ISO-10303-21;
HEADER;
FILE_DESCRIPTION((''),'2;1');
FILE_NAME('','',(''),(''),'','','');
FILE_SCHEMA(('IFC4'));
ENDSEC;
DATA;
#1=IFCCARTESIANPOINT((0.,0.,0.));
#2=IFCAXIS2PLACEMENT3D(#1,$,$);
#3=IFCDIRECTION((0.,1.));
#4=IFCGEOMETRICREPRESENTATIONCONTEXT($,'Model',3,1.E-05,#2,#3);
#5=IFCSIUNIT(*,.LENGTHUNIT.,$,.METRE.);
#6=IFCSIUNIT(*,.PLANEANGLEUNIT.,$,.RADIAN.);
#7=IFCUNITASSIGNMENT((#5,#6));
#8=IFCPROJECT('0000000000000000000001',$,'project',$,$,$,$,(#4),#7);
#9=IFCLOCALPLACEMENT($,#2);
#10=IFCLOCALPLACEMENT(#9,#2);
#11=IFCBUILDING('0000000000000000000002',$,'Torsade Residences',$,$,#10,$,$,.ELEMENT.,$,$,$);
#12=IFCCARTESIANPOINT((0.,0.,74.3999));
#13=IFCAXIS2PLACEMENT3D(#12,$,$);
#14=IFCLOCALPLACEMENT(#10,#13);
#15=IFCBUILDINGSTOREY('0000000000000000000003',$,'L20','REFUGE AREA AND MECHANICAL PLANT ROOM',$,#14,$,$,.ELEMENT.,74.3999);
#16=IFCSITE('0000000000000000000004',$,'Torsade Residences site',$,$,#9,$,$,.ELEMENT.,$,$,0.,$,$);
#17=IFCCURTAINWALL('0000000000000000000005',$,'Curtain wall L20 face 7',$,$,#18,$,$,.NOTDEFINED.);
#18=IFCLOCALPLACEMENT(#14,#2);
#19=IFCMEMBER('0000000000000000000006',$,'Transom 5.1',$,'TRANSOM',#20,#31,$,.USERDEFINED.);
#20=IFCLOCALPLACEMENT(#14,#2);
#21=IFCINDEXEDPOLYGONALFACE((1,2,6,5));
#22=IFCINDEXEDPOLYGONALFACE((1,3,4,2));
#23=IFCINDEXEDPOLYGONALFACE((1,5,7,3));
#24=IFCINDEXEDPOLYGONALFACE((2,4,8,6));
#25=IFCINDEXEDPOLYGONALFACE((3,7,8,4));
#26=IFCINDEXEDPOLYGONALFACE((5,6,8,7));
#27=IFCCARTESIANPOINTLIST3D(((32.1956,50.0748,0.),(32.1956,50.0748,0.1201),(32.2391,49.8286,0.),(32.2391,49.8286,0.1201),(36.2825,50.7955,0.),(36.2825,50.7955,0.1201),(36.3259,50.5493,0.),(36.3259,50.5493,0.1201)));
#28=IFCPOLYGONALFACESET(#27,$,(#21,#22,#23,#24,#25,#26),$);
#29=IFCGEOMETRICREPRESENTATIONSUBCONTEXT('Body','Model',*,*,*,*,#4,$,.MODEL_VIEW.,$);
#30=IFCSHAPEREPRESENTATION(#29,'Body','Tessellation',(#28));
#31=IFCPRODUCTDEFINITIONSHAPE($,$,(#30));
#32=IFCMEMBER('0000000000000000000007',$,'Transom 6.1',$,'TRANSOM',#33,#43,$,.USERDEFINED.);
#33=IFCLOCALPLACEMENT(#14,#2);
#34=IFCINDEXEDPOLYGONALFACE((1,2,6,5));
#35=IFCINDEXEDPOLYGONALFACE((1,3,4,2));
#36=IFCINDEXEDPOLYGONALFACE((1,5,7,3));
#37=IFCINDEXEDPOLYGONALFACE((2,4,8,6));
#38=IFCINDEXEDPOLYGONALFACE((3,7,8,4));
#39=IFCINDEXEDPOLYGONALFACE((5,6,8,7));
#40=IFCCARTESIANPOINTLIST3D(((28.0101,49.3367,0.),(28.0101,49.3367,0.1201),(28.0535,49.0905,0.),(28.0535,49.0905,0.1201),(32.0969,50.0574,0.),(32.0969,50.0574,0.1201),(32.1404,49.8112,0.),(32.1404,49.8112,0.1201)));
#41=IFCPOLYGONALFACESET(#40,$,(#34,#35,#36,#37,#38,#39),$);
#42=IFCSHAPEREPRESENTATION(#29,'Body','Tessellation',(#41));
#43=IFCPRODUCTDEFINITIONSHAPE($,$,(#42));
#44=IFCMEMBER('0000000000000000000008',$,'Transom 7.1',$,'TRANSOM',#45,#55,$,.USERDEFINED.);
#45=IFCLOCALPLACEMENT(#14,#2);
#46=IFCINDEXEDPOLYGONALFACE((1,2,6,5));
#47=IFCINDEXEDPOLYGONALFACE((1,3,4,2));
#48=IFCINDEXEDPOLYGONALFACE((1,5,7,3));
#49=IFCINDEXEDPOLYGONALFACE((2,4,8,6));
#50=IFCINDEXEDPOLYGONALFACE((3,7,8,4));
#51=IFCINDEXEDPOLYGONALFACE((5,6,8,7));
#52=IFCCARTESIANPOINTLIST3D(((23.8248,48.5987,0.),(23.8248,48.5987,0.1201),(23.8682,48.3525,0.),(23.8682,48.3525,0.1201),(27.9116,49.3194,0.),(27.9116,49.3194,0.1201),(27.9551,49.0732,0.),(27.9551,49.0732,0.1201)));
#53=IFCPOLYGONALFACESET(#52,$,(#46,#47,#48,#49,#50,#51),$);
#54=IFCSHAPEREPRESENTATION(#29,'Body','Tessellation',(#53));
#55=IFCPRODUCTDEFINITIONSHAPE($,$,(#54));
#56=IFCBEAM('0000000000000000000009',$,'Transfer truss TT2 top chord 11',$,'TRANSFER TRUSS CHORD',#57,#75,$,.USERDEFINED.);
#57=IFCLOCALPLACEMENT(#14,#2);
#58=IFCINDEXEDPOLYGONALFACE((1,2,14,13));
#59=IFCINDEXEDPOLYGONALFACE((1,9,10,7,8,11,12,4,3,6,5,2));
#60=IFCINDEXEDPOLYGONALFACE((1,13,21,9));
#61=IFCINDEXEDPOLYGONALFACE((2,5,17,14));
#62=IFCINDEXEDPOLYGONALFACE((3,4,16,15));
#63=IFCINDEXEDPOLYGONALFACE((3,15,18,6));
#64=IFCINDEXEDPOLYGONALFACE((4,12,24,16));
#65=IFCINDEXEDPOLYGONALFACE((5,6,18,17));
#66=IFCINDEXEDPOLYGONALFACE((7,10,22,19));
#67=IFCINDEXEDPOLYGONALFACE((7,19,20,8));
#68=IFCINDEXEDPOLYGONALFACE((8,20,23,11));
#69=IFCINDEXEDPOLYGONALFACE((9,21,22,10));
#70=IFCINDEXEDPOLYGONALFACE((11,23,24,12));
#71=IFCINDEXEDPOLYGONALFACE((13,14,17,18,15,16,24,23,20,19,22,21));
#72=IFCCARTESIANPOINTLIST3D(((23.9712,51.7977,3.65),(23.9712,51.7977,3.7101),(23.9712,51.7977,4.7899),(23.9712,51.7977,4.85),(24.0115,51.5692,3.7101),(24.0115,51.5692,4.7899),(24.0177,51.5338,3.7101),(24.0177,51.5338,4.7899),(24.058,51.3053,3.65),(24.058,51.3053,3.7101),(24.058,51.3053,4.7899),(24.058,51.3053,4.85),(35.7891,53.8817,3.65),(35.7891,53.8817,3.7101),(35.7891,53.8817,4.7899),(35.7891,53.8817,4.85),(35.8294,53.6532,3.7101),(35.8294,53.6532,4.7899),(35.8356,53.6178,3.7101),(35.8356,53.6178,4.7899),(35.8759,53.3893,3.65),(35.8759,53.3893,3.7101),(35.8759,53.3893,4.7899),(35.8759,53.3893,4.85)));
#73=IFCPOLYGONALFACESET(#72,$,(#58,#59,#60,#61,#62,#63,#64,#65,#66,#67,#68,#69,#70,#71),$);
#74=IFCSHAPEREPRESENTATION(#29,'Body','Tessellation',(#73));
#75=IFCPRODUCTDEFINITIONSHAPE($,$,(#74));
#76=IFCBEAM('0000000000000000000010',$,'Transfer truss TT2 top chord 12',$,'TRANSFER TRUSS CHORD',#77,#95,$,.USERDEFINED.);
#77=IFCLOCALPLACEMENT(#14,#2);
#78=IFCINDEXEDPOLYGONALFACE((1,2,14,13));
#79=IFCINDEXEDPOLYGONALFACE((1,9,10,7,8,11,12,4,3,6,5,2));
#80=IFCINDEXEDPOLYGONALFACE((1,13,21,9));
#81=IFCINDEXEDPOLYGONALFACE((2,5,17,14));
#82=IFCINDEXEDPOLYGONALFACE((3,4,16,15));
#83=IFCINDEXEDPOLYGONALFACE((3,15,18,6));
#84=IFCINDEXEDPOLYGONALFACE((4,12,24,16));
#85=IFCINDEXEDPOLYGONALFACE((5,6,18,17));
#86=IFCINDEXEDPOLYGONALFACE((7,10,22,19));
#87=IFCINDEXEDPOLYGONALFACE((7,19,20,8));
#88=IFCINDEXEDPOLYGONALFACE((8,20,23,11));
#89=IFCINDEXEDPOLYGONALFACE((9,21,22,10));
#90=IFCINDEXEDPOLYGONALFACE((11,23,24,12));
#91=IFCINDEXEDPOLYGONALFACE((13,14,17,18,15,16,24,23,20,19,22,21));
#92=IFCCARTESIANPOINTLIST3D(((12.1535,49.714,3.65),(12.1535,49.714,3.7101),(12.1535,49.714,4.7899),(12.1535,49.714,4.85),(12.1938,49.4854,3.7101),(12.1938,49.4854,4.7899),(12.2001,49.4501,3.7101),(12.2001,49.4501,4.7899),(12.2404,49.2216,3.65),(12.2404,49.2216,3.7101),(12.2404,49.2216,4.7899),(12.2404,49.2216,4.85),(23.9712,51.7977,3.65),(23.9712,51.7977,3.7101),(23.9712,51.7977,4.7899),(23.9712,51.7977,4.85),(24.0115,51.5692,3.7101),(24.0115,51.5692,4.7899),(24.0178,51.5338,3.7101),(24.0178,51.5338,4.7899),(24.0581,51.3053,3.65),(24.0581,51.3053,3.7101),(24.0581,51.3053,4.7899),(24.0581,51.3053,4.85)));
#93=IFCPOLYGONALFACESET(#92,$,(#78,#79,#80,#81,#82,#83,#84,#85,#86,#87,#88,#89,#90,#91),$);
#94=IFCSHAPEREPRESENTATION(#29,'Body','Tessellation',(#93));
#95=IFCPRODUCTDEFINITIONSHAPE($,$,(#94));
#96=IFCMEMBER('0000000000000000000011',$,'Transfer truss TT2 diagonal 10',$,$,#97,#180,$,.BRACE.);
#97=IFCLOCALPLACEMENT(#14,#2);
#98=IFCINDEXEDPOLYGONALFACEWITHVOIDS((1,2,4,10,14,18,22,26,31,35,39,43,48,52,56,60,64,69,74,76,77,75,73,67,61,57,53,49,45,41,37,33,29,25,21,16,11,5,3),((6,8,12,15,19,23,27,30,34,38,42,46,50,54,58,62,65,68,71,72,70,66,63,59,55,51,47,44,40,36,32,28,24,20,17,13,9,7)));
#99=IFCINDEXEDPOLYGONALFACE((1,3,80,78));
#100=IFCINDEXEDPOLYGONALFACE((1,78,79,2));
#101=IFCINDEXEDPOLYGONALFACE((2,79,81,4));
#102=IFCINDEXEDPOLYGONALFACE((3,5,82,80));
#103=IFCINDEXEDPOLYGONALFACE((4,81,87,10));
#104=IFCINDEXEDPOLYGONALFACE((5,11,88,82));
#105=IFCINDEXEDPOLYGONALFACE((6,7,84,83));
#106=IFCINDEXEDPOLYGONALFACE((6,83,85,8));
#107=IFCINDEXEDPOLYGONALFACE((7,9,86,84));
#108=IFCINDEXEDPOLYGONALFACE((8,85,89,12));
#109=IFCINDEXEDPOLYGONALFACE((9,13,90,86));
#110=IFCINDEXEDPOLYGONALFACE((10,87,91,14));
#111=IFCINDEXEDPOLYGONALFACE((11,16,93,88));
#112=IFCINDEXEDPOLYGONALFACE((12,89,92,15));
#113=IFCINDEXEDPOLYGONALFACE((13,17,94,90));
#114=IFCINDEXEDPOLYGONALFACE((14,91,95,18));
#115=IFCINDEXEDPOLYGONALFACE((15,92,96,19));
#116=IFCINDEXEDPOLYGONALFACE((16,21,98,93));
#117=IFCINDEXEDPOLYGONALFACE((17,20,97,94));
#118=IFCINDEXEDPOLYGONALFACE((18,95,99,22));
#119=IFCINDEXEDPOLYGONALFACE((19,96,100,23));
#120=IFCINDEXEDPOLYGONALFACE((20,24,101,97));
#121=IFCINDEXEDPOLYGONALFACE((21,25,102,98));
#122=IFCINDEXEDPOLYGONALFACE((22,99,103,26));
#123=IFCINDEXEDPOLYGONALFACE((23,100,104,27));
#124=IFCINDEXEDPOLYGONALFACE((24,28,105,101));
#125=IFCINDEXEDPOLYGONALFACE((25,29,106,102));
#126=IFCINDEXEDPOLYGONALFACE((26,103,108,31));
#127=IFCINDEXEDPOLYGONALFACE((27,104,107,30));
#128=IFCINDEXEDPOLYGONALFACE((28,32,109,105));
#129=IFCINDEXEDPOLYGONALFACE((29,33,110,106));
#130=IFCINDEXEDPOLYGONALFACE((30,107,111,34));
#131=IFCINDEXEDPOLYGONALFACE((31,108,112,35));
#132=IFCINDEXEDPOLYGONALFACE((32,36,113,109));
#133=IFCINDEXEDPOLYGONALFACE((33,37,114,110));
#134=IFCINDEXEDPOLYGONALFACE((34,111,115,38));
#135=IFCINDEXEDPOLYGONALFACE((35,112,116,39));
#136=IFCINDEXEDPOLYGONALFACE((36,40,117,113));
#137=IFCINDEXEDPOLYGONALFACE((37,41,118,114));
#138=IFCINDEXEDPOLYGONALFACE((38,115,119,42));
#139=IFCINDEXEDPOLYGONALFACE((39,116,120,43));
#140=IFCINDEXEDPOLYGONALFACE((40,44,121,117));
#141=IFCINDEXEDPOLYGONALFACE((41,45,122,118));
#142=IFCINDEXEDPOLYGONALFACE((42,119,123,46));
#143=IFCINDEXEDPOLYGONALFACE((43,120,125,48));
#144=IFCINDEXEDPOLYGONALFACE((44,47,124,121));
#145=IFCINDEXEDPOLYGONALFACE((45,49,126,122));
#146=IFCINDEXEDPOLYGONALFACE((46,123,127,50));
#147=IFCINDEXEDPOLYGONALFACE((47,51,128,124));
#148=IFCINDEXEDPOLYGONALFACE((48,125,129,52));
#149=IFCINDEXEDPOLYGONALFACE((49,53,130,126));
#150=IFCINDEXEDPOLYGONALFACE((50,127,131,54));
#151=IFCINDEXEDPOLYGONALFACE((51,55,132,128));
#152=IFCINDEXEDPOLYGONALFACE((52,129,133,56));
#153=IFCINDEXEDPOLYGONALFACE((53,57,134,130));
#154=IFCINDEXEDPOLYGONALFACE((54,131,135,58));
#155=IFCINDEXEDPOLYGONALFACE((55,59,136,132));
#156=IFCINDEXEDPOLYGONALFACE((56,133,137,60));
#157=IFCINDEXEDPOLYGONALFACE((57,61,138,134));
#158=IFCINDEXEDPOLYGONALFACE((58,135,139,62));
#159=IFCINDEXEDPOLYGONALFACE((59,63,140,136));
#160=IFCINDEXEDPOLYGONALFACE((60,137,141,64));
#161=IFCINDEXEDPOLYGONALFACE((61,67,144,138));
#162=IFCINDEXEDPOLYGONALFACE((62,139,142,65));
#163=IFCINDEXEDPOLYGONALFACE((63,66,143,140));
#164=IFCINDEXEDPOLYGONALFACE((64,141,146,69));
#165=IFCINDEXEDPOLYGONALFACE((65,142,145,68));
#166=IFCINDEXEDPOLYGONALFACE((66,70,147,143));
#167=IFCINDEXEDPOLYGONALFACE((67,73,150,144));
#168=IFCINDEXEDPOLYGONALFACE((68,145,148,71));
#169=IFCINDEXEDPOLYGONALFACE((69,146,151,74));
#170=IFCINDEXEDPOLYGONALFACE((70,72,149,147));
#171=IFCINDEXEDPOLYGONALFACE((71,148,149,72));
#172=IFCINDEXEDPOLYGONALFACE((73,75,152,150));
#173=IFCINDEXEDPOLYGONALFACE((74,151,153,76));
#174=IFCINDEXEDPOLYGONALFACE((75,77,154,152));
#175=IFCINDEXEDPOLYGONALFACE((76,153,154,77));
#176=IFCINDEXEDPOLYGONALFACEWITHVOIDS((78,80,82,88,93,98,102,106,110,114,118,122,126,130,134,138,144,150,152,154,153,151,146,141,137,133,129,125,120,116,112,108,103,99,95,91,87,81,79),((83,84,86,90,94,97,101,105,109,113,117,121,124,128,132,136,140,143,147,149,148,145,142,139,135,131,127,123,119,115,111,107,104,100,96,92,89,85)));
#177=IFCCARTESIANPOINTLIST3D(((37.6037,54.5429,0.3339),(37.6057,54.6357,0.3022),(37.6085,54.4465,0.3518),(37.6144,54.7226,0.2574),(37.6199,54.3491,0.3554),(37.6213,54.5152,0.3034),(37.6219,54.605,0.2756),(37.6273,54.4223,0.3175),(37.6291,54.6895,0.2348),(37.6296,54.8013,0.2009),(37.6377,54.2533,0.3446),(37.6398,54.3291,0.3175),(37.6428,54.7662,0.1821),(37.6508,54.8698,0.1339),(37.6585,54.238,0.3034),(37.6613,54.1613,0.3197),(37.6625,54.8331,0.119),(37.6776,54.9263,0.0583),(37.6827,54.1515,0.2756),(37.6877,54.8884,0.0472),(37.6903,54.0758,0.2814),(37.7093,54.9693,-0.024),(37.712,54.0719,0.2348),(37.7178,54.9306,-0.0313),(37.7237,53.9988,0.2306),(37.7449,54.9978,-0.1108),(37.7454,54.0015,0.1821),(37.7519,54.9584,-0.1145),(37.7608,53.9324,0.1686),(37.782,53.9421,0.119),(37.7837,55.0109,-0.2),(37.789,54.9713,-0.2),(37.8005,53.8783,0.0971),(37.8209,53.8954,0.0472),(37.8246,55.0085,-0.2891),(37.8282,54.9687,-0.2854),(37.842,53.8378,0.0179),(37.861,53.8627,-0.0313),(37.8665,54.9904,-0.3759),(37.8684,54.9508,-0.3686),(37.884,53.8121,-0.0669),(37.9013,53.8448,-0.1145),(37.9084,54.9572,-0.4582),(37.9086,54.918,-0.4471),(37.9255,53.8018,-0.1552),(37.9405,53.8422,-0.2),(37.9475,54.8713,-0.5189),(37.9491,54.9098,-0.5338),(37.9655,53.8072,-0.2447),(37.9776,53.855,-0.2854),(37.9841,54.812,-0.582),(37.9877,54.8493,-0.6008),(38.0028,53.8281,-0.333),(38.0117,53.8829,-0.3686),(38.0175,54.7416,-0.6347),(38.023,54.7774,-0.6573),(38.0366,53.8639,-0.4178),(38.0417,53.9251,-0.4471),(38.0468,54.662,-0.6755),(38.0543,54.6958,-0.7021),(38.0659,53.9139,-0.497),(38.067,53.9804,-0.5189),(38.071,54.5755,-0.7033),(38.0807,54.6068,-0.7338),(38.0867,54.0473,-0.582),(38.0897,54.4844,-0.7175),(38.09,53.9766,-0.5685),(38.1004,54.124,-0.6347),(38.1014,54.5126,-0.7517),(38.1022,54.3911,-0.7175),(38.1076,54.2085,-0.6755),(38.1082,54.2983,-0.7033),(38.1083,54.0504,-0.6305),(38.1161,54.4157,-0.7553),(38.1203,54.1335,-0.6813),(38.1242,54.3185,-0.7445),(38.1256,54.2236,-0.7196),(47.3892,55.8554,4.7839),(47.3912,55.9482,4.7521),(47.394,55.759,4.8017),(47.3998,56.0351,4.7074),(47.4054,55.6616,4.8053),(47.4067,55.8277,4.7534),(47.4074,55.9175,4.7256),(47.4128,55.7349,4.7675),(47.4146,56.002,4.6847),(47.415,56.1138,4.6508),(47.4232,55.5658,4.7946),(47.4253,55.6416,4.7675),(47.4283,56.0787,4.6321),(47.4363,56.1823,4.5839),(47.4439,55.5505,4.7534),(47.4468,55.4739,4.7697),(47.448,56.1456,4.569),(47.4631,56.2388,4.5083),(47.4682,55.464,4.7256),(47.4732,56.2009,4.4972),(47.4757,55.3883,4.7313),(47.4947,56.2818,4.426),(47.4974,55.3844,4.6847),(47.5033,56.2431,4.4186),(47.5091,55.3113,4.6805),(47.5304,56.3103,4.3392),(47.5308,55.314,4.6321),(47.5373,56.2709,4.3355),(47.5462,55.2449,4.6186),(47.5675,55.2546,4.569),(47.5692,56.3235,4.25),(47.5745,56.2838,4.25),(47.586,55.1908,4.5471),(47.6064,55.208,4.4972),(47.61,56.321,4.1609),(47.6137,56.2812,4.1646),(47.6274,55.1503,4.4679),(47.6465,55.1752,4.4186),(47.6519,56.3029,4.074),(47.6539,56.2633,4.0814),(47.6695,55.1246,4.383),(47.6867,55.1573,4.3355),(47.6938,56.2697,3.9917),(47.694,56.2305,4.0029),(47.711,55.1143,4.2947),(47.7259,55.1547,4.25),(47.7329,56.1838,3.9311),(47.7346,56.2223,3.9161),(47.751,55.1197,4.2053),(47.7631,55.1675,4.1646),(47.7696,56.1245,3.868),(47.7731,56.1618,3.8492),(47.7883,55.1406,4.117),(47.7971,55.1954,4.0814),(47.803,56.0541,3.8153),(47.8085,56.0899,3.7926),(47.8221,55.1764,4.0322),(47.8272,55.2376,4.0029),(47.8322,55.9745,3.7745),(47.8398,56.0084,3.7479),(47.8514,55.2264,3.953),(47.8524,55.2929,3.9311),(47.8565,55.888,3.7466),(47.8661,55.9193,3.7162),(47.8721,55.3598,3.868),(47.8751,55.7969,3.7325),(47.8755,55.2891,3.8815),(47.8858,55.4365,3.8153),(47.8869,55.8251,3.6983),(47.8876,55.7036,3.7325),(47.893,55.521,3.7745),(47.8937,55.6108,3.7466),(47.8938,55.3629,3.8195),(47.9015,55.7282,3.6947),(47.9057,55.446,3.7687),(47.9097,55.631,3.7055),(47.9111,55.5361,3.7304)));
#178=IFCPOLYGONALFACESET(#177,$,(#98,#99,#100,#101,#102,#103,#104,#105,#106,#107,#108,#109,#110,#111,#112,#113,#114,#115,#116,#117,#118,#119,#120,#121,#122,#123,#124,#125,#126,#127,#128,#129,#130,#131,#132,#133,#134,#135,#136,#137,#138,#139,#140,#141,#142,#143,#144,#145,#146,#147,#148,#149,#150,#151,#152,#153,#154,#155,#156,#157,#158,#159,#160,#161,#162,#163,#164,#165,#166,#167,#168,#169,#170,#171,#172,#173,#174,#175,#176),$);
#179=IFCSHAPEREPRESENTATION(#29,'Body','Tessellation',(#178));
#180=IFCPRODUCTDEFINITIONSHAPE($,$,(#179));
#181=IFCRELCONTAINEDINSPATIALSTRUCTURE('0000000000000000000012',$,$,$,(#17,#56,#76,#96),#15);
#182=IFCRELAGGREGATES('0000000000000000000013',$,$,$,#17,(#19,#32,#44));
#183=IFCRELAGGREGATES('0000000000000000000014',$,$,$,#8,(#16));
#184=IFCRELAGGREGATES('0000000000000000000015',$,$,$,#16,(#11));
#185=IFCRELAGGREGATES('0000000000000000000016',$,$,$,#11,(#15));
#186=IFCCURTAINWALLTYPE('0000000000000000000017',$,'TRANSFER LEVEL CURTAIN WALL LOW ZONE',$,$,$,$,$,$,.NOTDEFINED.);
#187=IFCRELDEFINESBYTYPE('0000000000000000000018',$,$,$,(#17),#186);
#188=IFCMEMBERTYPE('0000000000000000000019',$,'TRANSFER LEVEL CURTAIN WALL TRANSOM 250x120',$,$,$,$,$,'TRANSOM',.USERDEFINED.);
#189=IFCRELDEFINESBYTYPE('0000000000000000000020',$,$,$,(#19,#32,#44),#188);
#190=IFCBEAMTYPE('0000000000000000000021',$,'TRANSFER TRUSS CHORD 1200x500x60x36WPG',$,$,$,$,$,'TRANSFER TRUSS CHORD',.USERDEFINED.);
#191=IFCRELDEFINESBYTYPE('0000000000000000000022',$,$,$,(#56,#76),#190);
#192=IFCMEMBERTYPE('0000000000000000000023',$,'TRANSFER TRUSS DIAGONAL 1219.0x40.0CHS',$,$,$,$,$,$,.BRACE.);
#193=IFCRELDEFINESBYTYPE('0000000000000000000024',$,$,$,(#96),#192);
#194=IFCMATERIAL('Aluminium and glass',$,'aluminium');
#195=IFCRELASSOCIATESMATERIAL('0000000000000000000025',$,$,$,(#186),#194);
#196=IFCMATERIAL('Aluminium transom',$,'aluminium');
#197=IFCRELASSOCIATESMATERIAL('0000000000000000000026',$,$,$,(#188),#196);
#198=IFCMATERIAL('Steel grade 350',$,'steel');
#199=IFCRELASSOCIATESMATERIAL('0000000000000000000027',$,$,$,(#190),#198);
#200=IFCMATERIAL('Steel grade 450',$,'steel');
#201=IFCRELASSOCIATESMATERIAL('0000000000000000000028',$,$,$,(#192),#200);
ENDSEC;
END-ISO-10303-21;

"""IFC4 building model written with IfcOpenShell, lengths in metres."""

from ifc_helpers import new_model, si_unit, direction, frame, origin, origin_2d, place, context, subcontext, project, spatial, rectangle, hollow_circle, i_section, extrude, material, material_profile, profile_set, type_object, element, aggregate, save


model = new_model("IFC4")

# Units and contexts
model_context = context("Model", 3, precision=1e-05, world=origin(), true_north=direction((0.0, 1.0)))
body_context = subcontext(model_context, "Body", "Model", "MODEL_VIEW")
ifc_project = project(units=[si_unit("LENGTHUNIT", "METRE"), si_unit("PLANEANGLEUNIT", "RADIAN")], contexts=[model_context])

# Site, building, storey
site_placement = place(None, origin())
site = spatial("IfcSite", under=ifc_project, at=site_placement, Name="Torsade Residences site", CompositionType="ELEMENT", RefElevation=0.0)
building_placement = place(site_placement, origin())
building = spatial("IfcBuilding", under=site, at=building_placement, Name="Torsade Residences", CompositionType="ELEMENT")
storey_placement = place(building_placement, frame((0.0, 0.0, 74.3999)))
storey = spatial("IfcBuildingStorey", under=building, at=storey_placement, Name="L20", Description="REFUGE AREA AND MECHANICAL PLANT ROOM", CompositionType="ELEMENT", Elevation=74.3999)

# Curtain wall, members
ifc_material_1 = material(Name="Aluminium and glass", Category="aluminium")
curtain_wall_type = type_object("IfcCurtainWallType", Name="TRANSFER LEVEL CURTAIN WALL LOW ZONE", PredefinedType="NOTDEFINED", material=ifc_material_1)
curtain_wall_placement = place(storey_placement, origin())
curtain_wall = element("IfcCurtainWall", 1, at=curtain_wall_placement, inside=storey, type_object=curtain_wall_type, Name="Curtain wall L20 face 7", PredefinedType="NOTDEFINED")
ifc_material_2 = material(Name="Aluminium transom", Category="aluminium")
ifc_material_profile_1 = material_profile(ifc_material_2, rectangle(XDim=0.25, YDim=0.1201, at=origin_2d()), Name="TRANSFER LEVEL CURTAIN WALL TRANSOM 250x120")
ifc_profile_set_1 = profile_set([ifc_material_profile_1], Name="Aluminium transom")
member_type_1 = type_object("IfcMemberType", Name="TRANSFER LEVEL CURTAIN WALL TRANSOM 250x120", ElementType="TRANSOM", PredefinedType="USERDEFINED", material=ifc_profile_set_1)
member_1_placement = place(storey_placement, frame((36.3042, 50.6724, 0.0601), z_axis=(-0.984805, -0.173665, 0.0), x_axis=(0.173665, -0.984805, 0.0)))
member_1 = element("IfcMember", 2, at=member_1_placement, type_object=member_type_1, Name="Transom 5.1", ObjectType="TRANSOM", PredefinedType="USERDEFINED", context=body_context, shape_type="SweptSolid", body=[
    extrude(rectangle(XDim=0.25, YDim=0.1201, at=origin_2d()), origin(), (0.0, 0.0, 1.0), 4.1499),
])
member_2_placement = place(storey_placement, frame((32.1187, 49.9343, 0.0601), z_axis=(-0.984805, -0.173665, 0.0), x_axis=(0.173665, -0.984805, 0.0)))
member_2 = element("IfcMember", 3, at=member_2_placement, type_object=member_type_1, Name="Transom 6.1", ObjectType="TRANSOM", PredefinedType="USERDEFINED", context=body_context, shape_type="SweptSolid", body=[
    extrude(rectangle(XDim=0.25, YDim=0.1201, at=origin_2d()), origin(), (0.0, 0.0, 1.0), 4.1499),
])
member_3_placement = place(storey_placement, frame((27.9333, 49.1963, 0.0601), z_axis=(-0.984805, -0.173665, 0.0), x_axis=(0.173665, -0.984805, 0.0)))
member_3 = element("IfcMember", 4, at=member_3_placement, type_object=member_type_1, Name="Transom 7.1", ObjectType="TRANSOM", PredefinedType="USERDEFINED", context=body_context, shape_type="SweptSolid", body=[
    extrude(rectangle(XDim=0.25, YDim=0.1201, at=origin_2d()), origin(), (0.0, 0.0, 1.0), 4.1499),
])

# Beams
ifc_material_3 = material(Name="Steel grade 350", Category="steel")
ifc_material_profile_2 = material_profile(ifc_material_3, i_section(OverallWidth=0.5, OverallDepth=1.2, WebThickness=0.0359, FlangeThickness=0.0601, at=origin_2d()), Name="1200x500x60x36WPG")
ifc_profile_set_2 = profile_set([ifc_material_profile_2], Name="Steel grade 350")
beam_type_1 = type_object("IfcBeamType", Name="TRANSFER TRUSS CHORD 1200x500x60x36WPG", ElementType="TRANSFER TRUSS CHORD", PredefinedType="USERDEFINED", material=ifc_profile_set_2)
beam_1_placement = place(storey_placement, frame((35.8325, 53.6355, 4.25), z_axis=(-0.984805, -0.173662, 0.0), x_axis=(0.173662, -0.984805, 0.0)))
element("IfcBeam", 5, at=beam_1_placement, inside=storey, type_object=beam_type_1, Name="Transfer truss TT2 top chord 11", ObjectType="TRANSFER TRUSS CHORD", PredefinedType="USERDEFINED", context=body_context, shape_type="SweptSolid", body=[
    extrude(i_section(OverallWidth=0.5, OverallDepth=1.2, WebThickness=0.0359, FlangeThickness=0.0601, at=origin_2d()), origin(), (0.0, 0.0, 1.0), 12.0002),
])
beam_2_placement = place(storey_placement, frame((24.0146, 51.5515, 4.25), z_axis=(-0.984808, -0.173646, 0.0), x_axis=(0.173646, -0.984808, 0.0)))
element("IfcBeam", 6, at=beam_2_placement, inside=storey, type_object=beam_type_1, Name="Transfer truss TT2 top chord 12", ObjectType="TRANSFER TRUSS CHORD", PredefinedType="USERDEFINED", context=body_context, shape_type="SweptSolid", body=[
    extrude(i_section(OverallWidth=0.5, OverallDepth=1.2, WebThickness=0.0359, FlangeThickness=0.0601, at=origin_2d()), origin(), (0.0, 0.0, 1.0), 12.0),
])

# Member
ifc_material_4 = material(Name="Steel grade 450", Category="steel")
ifc_material_profile_3 = material_profile(ifc_material_4, hollow_circle(Radius=0.6096, WallThickness=0.04, at=origin_2d()), Name="1219.0x40.0CHS")
ifc_profile_set_3 = profile_set([ifc_material_profile_3], Name="Steel grade 450")
member_type_2 = type_object("IfcMemberType", Name="TRANSFER TRUSS DIAGONAL 1219.0x40.0CHS", PredefinedType="BRACE", material=ifc_profile_set_3)
member_4_placement = place(storey_placement, frame((37.8647, 54.4067, -0.2), z_axis=(0.903585, 0.121196, 0.410909), x_axis=(-0.132938, 0.991124, 0.0)))
element("IfcMember", 7, at=member_4_placement, inside=storey, type_object=member_type_2, Name="Transfer truss TT2 diagonal 10", PredefinedType="BRACE", context=body_context, shape_type="SweptSolid", body=[
    extrude(hollow_circle(Radius=0.6096, WallThickness=0.04, at=origin_2d()), origin(), (0.0, 0.0, 1.0), 10.8296),
])

aggregate(curtain_wall, [member_1, member_2, member_3])

save(model, "model.ifc")
